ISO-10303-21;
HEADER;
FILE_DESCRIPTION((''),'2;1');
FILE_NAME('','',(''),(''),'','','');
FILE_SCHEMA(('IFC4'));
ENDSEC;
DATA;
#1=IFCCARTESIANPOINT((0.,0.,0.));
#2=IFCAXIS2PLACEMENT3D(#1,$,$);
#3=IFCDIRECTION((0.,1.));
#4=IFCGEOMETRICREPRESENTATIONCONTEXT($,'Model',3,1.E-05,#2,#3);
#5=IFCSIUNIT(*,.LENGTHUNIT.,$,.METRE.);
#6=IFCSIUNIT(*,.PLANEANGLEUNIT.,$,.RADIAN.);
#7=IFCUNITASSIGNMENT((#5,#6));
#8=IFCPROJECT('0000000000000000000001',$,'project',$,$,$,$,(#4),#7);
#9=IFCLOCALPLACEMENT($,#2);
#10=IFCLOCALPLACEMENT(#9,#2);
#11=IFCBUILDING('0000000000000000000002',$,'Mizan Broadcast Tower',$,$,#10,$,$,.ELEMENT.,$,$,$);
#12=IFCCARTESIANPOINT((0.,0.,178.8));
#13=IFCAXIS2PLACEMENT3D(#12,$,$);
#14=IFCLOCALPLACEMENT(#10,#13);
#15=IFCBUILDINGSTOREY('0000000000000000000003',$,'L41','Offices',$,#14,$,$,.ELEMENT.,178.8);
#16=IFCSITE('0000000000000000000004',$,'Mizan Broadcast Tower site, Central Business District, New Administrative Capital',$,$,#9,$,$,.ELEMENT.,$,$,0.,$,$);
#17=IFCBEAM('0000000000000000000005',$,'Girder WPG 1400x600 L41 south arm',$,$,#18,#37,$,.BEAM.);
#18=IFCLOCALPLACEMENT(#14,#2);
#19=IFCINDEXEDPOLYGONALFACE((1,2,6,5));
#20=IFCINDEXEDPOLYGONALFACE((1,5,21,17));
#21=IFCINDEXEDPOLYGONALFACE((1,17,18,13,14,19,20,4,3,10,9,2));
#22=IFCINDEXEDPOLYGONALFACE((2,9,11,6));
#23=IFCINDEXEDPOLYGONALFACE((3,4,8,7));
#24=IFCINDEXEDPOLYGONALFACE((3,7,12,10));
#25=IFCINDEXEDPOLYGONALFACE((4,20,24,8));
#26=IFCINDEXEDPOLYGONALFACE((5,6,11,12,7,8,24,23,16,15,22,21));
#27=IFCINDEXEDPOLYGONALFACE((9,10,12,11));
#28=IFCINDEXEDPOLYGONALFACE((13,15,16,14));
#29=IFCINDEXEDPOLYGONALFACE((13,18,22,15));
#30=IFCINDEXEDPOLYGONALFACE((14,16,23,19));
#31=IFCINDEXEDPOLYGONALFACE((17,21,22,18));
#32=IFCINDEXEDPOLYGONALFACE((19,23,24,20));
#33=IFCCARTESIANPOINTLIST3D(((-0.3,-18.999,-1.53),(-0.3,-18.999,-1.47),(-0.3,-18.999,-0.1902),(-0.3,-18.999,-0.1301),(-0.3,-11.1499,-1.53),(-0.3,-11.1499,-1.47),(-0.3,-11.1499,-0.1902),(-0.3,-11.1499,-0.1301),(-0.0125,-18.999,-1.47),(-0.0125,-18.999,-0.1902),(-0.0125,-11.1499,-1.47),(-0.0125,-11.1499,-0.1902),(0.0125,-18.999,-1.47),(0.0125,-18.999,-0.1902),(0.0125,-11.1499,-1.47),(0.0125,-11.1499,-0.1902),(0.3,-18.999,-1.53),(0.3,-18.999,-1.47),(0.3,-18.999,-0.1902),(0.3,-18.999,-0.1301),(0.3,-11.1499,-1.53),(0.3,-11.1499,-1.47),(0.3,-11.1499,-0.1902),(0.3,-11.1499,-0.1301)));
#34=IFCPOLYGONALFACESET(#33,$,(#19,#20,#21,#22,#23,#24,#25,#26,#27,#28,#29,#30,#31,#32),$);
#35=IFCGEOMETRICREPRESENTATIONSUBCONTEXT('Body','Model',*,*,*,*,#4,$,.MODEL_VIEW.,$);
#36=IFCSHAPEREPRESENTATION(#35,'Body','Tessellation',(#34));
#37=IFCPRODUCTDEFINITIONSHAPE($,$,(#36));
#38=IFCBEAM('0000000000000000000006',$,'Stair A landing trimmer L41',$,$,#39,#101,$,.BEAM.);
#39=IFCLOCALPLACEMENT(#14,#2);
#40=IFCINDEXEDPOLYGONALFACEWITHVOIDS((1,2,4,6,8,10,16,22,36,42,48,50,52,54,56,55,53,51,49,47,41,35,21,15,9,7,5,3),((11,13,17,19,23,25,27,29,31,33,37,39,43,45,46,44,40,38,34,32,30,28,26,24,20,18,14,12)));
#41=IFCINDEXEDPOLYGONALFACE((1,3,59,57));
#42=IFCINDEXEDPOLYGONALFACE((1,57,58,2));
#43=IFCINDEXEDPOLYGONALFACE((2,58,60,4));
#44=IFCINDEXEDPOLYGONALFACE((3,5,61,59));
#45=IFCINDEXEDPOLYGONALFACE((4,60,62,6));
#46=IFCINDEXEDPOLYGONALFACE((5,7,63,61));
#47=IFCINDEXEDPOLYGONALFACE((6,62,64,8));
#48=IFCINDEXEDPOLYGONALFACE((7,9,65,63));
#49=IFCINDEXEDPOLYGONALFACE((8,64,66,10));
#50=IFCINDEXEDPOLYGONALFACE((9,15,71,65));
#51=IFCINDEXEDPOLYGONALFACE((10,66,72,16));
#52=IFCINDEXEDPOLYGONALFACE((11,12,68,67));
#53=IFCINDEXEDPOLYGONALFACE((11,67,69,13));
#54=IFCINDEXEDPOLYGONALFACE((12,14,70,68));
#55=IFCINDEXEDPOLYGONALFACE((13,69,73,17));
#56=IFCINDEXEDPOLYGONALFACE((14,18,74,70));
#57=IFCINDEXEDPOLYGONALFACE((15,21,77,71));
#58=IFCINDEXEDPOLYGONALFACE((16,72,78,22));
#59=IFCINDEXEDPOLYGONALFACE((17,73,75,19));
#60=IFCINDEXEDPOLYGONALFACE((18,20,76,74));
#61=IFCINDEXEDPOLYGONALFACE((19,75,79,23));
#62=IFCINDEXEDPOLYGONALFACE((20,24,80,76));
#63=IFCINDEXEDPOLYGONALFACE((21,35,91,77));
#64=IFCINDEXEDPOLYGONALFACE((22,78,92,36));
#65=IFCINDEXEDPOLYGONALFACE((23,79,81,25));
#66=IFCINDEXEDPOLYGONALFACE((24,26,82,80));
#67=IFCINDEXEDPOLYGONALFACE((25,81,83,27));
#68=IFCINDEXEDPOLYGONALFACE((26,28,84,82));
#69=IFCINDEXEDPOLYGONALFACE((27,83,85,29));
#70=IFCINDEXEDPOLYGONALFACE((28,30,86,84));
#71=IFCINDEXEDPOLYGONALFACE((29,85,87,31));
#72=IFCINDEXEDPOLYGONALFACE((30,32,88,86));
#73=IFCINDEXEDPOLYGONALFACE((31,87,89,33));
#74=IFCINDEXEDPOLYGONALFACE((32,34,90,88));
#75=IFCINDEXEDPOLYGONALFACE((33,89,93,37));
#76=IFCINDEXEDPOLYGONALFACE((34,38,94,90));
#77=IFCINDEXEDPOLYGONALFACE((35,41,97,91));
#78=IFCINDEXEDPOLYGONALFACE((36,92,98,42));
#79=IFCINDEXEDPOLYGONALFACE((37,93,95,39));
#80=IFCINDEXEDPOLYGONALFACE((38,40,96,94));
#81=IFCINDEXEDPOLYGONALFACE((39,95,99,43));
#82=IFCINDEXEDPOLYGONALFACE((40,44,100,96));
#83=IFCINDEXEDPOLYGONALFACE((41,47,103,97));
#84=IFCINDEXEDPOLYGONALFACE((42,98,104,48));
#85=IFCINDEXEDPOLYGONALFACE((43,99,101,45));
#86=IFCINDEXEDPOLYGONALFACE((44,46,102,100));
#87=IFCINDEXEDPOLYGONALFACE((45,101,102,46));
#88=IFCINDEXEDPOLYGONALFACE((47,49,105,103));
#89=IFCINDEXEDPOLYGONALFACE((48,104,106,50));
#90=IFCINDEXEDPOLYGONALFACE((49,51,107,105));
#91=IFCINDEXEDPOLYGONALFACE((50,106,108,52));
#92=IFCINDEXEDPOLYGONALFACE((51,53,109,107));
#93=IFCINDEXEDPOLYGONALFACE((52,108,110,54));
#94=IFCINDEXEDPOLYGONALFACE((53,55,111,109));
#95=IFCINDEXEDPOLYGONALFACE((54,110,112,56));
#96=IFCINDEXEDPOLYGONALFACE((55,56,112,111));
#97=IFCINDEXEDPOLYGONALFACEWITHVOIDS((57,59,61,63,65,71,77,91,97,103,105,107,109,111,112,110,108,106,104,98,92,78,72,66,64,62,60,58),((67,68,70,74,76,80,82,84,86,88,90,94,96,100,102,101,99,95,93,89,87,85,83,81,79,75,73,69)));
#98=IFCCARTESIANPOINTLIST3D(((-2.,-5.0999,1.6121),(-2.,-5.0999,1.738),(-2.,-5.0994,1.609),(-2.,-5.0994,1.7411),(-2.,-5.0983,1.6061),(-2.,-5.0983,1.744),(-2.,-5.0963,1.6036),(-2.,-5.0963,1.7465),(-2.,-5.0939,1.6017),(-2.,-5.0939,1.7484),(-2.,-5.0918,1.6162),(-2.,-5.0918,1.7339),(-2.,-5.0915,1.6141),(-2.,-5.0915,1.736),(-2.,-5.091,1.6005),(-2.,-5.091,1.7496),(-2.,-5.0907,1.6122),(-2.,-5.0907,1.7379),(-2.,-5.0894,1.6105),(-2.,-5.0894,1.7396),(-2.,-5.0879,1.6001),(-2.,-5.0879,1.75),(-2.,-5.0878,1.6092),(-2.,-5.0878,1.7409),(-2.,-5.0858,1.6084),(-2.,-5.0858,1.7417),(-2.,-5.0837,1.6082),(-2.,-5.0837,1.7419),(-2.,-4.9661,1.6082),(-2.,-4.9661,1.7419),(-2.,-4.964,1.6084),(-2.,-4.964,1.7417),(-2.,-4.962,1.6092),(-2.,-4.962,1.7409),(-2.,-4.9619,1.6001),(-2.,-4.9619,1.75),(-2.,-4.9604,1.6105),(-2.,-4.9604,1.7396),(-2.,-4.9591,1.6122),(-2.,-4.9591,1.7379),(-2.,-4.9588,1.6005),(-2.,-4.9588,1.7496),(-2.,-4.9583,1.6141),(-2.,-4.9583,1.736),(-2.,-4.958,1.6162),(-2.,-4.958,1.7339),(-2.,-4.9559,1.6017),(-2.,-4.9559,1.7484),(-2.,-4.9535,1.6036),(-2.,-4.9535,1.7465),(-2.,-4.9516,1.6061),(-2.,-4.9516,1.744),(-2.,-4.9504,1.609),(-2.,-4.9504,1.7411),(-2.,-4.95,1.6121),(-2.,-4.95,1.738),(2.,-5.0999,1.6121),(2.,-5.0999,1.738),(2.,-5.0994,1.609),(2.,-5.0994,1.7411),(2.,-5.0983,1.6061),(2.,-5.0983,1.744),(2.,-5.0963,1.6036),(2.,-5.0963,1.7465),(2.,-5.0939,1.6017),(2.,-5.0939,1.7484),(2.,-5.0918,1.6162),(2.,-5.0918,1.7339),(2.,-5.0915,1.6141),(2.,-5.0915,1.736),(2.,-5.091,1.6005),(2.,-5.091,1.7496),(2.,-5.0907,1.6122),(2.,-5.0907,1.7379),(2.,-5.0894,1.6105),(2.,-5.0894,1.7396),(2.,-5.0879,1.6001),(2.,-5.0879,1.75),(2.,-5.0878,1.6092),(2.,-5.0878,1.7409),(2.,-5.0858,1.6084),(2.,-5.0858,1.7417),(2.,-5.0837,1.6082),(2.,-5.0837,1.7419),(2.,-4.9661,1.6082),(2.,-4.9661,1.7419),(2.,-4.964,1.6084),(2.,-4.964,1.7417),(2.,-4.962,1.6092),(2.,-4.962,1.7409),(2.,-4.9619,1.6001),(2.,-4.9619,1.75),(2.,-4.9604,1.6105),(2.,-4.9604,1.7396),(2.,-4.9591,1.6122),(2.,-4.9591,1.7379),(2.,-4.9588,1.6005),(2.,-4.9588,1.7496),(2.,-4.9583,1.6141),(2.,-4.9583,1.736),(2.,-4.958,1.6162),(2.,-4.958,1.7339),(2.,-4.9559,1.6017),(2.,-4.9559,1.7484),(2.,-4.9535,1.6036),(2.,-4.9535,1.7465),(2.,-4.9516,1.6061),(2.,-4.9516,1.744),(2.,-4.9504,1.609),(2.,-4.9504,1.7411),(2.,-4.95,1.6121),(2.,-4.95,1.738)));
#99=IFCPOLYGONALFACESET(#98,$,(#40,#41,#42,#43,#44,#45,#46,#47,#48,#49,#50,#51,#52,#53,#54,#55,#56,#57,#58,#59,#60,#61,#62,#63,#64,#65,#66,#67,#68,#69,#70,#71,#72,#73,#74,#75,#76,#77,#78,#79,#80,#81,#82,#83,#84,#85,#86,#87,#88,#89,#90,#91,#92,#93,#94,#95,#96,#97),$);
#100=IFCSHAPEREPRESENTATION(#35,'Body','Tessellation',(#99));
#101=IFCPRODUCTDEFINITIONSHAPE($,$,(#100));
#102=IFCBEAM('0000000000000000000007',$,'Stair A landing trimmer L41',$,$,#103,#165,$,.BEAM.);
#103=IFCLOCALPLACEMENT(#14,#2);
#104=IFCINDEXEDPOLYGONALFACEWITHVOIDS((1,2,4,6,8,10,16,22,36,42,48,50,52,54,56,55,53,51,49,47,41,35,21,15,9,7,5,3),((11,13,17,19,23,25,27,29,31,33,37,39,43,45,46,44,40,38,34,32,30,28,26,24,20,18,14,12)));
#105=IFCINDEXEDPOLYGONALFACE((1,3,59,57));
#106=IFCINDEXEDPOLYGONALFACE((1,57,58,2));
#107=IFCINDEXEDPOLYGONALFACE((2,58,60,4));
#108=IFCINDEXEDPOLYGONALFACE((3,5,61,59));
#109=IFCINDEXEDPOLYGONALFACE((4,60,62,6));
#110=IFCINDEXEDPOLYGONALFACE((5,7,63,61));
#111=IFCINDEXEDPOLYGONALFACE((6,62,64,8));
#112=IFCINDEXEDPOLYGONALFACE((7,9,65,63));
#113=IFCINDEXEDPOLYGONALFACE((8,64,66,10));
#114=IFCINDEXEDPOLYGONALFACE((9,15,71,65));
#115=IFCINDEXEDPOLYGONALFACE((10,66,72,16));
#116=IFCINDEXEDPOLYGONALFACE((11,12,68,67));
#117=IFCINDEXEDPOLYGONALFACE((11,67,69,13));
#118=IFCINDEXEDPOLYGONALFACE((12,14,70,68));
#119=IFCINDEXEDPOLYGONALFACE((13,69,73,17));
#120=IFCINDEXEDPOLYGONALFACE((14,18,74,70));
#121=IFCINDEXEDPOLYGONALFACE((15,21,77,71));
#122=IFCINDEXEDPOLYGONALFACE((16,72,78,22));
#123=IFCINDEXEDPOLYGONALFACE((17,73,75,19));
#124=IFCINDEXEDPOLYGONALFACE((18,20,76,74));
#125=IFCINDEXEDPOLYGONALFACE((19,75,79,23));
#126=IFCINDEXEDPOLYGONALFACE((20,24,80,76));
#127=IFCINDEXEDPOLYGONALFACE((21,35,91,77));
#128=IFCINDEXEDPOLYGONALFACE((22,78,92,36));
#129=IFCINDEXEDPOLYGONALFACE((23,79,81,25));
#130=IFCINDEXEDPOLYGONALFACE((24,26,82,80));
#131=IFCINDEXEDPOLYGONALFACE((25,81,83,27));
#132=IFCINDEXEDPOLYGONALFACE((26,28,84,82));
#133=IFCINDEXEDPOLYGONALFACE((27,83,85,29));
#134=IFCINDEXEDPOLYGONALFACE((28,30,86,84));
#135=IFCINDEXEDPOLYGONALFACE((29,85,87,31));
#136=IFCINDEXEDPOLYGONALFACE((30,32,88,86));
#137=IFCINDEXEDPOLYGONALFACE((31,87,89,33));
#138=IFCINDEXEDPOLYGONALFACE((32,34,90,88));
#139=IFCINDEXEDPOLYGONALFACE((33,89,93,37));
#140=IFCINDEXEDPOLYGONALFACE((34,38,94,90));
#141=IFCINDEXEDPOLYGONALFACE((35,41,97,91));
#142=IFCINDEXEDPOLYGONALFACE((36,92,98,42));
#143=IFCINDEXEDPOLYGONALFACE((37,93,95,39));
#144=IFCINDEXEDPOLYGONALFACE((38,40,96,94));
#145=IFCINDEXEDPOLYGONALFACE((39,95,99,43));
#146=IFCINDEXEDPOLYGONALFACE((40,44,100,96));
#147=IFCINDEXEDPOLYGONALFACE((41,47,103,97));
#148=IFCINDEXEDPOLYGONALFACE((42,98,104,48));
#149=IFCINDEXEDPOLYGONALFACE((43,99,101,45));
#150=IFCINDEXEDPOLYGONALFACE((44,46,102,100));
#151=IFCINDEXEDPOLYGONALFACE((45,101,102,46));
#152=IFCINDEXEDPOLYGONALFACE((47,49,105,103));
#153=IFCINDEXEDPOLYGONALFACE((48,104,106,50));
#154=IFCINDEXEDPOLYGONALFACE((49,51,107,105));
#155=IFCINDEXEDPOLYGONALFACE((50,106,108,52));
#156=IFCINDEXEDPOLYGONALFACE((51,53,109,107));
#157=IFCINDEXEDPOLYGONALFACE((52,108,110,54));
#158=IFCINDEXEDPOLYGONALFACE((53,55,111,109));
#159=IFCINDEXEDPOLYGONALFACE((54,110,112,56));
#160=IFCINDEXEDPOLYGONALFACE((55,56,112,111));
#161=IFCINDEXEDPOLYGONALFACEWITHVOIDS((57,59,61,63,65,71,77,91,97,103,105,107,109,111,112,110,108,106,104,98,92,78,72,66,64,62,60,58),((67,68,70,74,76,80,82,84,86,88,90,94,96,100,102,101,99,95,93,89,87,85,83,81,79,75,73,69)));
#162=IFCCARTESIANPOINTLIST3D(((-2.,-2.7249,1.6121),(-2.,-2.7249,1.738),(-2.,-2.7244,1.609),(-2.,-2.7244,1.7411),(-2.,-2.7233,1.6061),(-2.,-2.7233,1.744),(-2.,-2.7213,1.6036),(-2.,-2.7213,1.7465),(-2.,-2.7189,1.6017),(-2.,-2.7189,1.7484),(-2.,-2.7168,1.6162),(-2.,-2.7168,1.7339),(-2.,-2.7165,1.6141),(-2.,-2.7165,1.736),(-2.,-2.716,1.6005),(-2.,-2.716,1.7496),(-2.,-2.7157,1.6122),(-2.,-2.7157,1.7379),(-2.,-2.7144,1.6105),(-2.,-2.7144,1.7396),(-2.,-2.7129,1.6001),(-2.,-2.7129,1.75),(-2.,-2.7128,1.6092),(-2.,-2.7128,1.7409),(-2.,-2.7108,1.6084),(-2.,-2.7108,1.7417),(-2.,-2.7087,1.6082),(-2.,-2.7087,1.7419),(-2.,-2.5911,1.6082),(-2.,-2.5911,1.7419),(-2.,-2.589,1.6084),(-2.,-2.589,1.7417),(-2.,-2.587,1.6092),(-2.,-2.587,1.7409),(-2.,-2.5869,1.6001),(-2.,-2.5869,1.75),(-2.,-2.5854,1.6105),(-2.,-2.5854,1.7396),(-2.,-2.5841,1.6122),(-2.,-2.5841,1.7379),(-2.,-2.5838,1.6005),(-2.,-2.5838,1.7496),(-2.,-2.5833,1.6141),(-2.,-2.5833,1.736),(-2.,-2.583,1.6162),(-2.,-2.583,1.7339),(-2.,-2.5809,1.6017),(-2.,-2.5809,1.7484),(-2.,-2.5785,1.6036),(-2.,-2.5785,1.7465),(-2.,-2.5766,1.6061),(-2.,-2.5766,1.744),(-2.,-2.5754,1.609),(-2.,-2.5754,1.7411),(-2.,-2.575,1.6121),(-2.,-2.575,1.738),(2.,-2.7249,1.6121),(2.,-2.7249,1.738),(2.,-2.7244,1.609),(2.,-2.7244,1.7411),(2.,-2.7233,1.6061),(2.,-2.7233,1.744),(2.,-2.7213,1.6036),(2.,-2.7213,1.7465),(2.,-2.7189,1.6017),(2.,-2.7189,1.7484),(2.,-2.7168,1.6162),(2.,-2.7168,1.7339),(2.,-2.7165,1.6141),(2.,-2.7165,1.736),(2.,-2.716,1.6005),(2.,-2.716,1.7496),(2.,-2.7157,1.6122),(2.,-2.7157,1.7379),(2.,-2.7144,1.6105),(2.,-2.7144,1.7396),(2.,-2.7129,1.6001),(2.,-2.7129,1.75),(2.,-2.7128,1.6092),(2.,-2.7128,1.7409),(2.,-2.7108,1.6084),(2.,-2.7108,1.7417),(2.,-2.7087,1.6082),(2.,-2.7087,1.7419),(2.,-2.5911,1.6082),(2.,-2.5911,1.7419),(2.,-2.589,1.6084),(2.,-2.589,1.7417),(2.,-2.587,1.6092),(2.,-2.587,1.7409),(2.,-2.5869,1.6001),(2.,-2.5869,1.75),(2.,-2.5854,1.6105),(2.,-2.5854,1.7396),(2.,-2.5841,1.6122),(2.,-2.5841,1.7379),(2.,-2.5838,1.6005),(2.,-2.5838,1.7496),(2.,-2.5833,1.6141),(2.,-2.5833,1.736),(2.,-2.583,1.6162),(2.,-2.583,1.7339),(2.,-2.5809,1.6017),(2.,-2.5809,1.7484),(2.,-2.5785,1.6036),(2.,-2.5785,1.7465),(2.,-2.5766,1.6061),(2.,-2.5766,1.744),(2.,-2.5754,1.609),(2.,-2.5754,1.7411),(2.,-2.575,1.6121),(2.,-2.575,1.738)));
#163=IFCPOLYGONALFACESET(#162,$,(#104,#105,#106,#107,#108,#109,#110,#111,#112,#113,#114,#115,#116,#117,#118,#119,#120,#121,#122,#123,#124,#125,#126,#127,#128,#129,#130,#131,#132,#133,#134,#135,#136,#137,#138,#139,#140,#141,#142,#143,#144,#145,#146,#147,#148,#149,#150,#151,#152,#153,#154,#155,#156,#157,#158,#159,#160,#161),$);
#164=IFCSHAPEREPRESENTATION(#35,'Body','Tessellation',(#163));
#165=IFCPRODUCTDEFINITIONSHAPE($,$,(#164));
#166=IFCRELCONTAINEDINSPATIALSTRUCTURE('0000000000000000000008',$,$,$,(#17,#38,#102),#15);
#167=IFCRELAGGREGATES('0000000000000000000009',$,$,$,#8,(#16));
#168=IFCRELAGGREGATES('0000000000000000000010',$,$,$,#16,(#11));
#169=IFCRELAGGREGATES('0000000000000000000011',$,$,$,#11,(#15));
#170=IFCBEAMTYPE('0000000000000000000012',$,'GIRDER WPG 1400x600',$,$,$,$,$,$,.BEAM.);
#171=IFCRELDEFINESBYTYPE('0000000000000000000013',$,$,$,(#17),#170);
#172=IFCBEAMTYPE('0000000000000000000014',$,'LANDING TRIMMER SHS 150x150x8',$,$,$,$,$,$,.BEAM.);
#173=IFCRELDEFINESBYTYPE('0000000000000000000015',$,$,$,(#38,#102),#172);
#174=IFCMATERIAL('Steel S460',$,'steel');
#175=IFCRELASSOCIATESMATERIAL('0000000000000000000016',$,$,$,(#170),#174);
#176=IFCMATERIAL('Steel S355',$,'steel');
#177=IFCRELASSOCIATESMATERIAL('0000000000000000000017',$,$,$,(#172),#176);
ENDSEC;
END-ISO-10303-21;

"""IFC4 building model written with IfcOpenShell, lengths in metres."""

from ifc_helpers import new_model, si_unit, direction, frame, origin, origin_2d, place, context, subcontext, project, spatial, hollow_rectangle, i_section, extrude, material, material_profile, profile_set, type_object, element, save


model = new_model("IFC4")

# Units and contexts
model_context = context("Model", 3, precision=1e-05, world=origin(), true_north=direction((0.0, 1.0)))
body_context = subcontext(model_context, "Body", "Model", "MODEL_VIEW")
ifc_project = project(units=[si_unit("LENGTHUNIT", "METRE"), si_unit("PLANEANGLEUNIT", "RADIAN")], contexts=[model_context])

# Site, building, storey
site_placement = place(None, origin())
site = spatial("IfcSite", under=ifc_project, at=site_placement, Name="Mizan Broadcast Tower site, Central Business District, New Administrative Capital", CompositionType="ELEMENT", RefElevation=0.0)
building_placement = place(site_placement, origin())
building = spatial("IfcBuilding", under=site, at=building_placement, Name="Mizan Broadcast Tower", CompositionType="ELEMENT")
storey_placement = place(building_placement, frame((0.0, 0.0, 178.8)))
storey = spatial("IfcBuildingStorey", under=building, at=storey_placement, Name="L41", Description="Offices", CompositionType="ELEMENT", Elevation=178.8)

# Beams
ifc_material_1 = material(Name="Steel S460", Category="steel")
ifc_material_profile_1 = material_profile(ifc_material_1, i_section(OverallWidth=0.6001, OverallDepth=1.3999, WebThickness=0.0249, FlangeThickness=0.0601, at=origin_2d()), Name="WPG 1400x600")
ifc_profile_set_1 = profile_set([ifc_material_profile_1], Name="Steel S460")
beam_type_1 = type_object("IfcBeamType", Name="GIRDER WPG 1400x600", PredefinedType="BEAM", material=ifc_profile_set_1)
beam_1_placement = place(storey_placement, frame((0.0, -11.1499, -0.8301), z_axis=(0.0, -1.0, 0.0), x_axis=(1.0, 0.0, 0.0)))
element("IfcBeam", 1, at=beam_1_placement, inside=storey, type_object=beam_type_1, Name="Girder WPG 1400x600 L41 south arm", PredefinedType="BEAM", context=body_context, shape_type="SweptSolid", body=[
    extrude(i_section(OverallWidth=0.6001, OverallDepth=1.3999, WebThickness=0.0249, FlangeThickness=0.0601, at=origin_2d()), origin(), (0.0, 0.0, 1.0), 7.8491),
])
ifc_material_2 = material(Name="Steel S355", Category="steel")
ifc_material_profile_2 = material_profile(ifc_material_2, hollow_rectangle(XDim=0.1499, YDim=0.1499, WallThickness=0.0081, InnerFilletRadius=0.0081, OuterFilletRadius=0.012, at=origin_2d()), Name="SHS 150x150x8")
ifc_profile_set_2 = profile_set([ifc_material_profile_2], Name="Steel S355")
beam_type_2 = type_object("IfcBeamType", Name="LANDING TRIMMER SHS 150x150x8", PredefinedType="BEAM", material=ifc_profile_set_2)
for number, where, z_axis, x_axis, name in (
    (2, (-2.0, -5.0249, 1.675), (1.0, 0.0, 0.0), (0.0, 1.0, 0.0), "Stair A landing trimmer L41"),
    (3, (-2.0, -2.6499, 1.675), (1.0, 0.0, 0.0), (0.0, 1.0, 0.0), "Stair A landing trimmer L41"),
):
    element("IfcBeam", number, at=place(storey_placement, frame(where, z_axis=z_axis, x_axis=x_axis)), inside=storey, type_object=beam_type_2, Name=name, PredefinedType="BEAM", context=body_context, shape_type="SweptSolid", body=[
        extrude(hollow_rectangle(XDim=0.1499, YDim=0.1499, WallThickness=0.0081, InnerFilletRadius=0.0081, OuterFilletRadius=0.012, at=origin_2d()), origin(), (0.0, 0.0, 1.0), 4.0),
    ])

save(model, "model.ifc")
